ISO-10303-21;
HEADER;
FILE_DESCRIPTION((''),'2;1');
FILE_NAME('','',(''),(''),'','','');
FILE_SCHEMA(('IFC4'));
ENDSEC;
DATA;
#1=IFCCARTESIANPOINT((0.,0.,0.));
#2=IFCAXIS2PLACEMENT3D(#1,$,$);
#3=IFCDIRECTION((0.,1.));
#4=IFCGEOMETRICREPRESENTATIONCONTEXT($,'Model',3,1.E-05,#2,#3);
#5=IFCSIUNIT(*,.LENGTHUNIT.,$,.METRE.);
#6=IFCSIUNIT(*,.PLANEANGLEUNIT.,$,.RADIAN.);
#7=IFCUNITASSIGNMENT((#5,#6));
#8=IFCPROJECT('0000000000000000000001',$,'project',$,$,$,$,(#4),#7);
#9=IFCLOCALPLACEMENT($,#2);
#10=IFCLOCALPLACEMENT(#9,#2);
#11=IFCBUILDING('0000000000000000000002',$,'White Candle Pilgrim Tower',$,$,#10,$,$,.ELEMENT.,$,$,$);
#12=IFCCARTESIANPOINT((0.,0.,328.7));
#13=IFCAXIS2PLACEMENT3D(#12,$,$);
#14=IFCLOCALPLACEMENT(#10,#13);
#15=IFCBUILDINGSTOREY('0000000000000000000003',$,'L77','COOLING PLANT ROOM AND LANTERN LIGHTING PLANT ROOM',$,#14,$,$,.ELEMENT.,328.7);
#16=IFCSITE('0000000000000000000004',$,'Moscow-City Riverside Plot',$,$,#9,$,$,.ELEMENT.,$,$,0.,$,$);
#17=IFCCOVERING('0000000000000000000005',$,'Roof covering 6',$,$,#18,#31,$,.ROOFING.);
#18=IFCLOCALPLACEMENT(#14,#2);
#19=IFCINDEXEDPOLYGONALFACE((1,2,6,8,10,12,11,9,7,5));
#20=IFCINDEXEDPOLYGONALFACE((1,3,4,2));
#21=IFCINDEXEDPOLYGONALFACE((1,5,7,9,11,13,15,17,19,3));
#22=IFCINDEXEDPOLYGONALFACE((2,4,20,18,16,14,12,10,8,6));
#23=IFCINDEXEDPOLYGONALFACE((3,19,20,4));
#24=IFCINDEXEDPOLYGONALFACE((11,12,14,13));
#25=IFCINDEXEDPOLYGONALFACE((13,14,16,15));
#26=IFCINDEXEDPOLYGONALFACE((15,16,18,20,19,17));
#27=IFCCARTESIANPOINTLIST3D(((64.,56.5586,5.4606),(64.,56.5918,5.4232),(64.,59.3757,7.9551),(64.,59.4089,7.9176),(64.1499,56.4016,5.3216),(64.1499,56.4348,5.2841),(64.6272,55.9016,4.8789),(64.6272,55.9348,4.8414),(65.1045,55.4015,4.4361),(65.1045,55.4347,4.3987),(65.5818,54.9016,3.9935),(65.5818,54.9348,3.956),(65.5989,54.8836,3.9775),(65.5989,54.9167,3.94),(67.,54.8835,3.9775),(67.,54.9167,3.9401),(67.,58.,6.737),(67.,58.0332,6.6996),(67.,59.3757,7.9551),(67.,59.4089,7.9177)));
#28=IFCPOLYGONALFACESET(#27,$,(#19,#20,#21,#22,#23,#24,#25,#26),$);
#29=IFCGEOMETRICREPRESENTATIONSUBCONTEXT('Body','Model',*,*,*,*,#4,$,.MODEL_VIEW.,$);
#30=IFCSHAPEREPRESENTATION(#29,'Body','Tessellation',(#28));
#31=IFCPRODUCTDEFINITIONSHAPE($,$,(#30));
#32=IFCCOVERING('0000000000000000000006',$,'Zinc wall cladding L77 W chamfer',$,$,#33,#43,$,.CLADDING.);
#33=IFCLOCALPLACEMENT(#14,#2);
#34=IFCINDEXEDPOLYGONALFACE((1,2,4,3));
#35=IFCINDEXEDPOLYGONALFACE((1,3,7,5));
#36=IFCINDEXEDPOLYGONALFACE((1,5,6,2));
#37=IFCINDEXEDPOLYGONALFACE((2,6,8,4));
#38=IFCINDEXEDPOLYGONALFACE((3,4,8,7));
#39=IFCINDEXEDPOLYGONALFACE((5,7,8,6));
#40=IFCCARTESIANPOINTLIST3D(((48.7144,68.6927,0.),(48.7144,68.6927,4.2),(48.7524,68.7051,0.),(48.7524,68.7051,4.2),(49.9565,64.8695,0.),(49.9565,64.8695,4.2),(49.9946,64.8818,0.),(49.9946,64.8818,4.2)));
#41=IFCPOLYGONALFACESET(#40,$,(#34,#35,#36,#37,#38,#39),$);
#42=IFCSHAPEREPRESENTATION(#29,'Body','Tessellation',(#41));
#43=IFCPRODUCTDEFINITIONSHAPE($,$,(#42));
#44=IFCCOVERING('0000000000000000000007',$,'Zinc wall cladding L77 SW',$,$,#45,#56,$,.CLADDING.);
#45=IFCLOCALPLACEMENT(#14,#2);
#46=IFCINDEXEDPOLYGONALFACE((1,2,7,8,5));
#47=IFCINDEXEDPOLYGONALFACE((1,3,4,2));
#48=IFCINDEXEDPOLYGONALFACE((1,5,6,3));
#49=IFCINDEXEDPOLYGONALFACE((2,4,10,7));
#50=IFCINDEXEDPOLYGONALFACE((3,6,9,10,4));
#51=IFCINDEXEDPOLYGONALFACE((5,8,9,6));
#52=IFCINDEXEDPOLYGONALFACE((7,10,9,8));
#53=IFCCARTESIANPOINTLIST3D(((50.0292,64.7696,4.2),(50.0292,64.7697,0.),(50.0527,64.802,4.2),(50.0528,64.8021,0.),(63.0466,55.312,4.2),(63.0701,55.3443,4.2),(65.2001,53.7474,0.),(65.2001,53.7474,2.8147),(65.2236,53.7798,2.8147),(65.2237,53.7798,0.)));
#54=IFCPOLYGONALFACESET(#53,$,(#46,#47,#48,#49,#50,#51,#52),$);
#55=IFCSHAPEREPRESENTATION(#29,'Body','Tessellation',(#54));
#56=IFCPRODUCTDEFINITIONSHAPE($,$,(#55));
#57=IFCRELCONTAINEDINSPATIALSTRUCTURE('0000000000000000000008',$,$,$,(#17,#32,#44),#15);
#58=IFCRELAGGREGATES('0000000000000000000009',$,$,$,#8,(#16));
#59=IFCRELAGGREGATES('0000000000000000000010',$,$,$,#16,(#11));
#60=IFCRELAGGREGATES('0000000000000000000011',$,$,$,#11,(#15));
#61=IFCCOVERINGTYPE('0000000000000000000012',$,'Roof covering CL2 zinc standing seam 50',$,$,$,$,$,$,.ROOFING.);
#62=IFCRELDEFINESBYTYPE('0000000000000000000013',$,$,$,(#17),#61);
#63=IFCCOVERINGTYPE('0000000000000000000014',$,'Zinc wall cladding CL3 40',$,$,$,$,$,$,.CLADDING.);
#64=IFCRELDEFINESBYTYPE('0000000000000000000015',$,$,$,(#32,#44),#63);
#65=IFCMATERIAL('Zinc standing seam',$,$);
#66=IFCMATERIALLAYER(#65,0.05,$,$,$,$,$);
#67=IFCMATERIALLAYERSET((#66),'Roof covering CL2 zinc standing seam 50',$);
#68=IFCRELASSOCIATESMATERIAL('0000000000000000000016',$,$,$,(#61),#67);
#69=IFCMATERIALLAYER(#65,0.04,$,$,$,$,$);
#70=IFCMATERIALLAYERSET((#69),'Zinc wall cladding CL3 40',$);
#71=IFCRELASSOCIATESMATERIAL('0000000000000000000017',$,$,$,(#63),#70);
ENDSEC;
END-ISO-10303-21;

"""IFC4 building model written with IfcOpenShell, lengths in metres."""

from ifc_helpers import new_model, si_unit, direction, frame, origin, place, context, subcontext, project, spatial, polyline, outline, extrude, material, layer, layer_set, type_object, element, save


model = new_model("IFC4")

# Units and contexts
model_context = context("Model", 3, precision=1e-05, world=origin(), true_north=direction((0.0, 1.0)))
body_context = subcontext(model_context, "Body", "Model", "MODEL_VIEW")
ifc_project = project(units=[si_unit("LENGTHUNIT", "METRE"), si_unit("PLANEANGLEUNIT", "RADIAN")], contexts=[model_context])

# Site, building, storey
site_placement = place(None, origin())
site = spatial("IfcSite", under=ifc_project, at=site_placement, Name="Moscow-City Riverside Plot", CompositionType="ELEMENT", RefElevation=0.0)
building_placement = place(site_placement, origin())
building = spatial("IfcBuilding", under=site, at=building_placement, Name="White Candle Pilgrim Tower", CompositionType="ELEMENT")
storey_placement = place(building_placement, frame((0.0, 0.0, 328.7)))
storey = spatial("IfcBuildingStorey", under=building, at=storey_placement, Name="L77", Description="COOLING PLANT ROOM AND LANTERN LIGHTING PLANT ROOM", CompositionType="ELEMENT", Elevation=328.7)

# Coverings
ifc_material_1 = material(Name="Zinc standing seam")
ifc_layer_1 = layer(ifc_material_1, 0.05)
ifc_layer_set_1 = layer_set([ifc_layer_1], Name="Roof covering CL2 zinc standing seam 50")
covering_type_1 = type_object("IfcCoveringType", Name="Roof covering CL2 zinc standing seam 50", PredefinedType="ROOFING", material=ifc_layer_set_1)
covering_1_placement = place(storey_placement, frame((67.0, 54.8835, 3.9775), z_axis=(-0.000028, -0.662925, 0.748685), x_axis=(-1.0, 0.000018, -0.000021)))
element("IfcCovering", 1, at=covering_1_placement, inside=storey, type_object=covering_type_1, Name="Roof covering 6", PredefinedType="ROOFING", context=body_context, shape_type="SweptSolid", body=[
    extrude(outline(polyline([(0.0, 0.0), (1.4011, 0.0), (1.4182, -0.024), (1.8955, -0.6918), (2.3728, -1.3598), (2.8501, -2.0275), (3.0, -2.2373), (3.0, -6.0), (0.0, -6.0), (0.0, -4.1626), (0.0, 0.0)])), origin(), (0.0, 0.0, -1.0), 0.05),
])
ifc_layer_2 = layer(ifc_material_1, 0.04)
ifc_layer_set_2 = layer_set([ifc_layer_2], Name="Zinc wall cladding CL3 40")
covering_type_2 = type_object("IfcCoveringType", Name="Zinc wall cladding CL3 40", PredefinedType="CLADDING", material=ifc_layer_set_2)
covering_2_placement = place(storey_placement, frame((48.7524, 68.7051, 4.2), z_axis=(0.951061, 0.309004, 0.0), x_axis=(0.309004, -0.951061, 0.0)))
element("IfcCovering", 2, at=covering_2_placement, inside=storey, type_object=covering_type_2, Name="Zinc wall cladding L77 W chamfer", PredefinedType="CLADDING", context=body_context, shape_type="SweptSolid", body=[
    extrude(outline(polyline([(0.0, 0.0), (4.02, 0.0), (4.02, 4.2), (0.0, 4.2), (0.0, 0.0)])), origin(), (0.0, 0.0, -1.0), 0.04),
])
covering_3_placement = place(storey_placement, frame((50.0527, 64.802, 4.2), z_axis=(0.587783, 0.809018, 0.000019), x_axis=(0.809018, -0.587783, 0.0)))
element("IfcCovering", 3, at=covering_3_placement, inside=storey, type_object=covering_type_2, Name="Zinc wall cladding L77 SW", PredefinedType="CLADDING", context=body_context, shape_type="SweptSolid", body=[
    extrude(outline(polyline([(0.0, 0.0), (16.0904, 0.0), (18.7522, 1.3853), (18.7522, 4.2), (0.0, 4.2), (0.0, 0.0)])), origin(), (0.0, 0.0, -1.0), 0.04),
])

save(model, "model.ifc")
